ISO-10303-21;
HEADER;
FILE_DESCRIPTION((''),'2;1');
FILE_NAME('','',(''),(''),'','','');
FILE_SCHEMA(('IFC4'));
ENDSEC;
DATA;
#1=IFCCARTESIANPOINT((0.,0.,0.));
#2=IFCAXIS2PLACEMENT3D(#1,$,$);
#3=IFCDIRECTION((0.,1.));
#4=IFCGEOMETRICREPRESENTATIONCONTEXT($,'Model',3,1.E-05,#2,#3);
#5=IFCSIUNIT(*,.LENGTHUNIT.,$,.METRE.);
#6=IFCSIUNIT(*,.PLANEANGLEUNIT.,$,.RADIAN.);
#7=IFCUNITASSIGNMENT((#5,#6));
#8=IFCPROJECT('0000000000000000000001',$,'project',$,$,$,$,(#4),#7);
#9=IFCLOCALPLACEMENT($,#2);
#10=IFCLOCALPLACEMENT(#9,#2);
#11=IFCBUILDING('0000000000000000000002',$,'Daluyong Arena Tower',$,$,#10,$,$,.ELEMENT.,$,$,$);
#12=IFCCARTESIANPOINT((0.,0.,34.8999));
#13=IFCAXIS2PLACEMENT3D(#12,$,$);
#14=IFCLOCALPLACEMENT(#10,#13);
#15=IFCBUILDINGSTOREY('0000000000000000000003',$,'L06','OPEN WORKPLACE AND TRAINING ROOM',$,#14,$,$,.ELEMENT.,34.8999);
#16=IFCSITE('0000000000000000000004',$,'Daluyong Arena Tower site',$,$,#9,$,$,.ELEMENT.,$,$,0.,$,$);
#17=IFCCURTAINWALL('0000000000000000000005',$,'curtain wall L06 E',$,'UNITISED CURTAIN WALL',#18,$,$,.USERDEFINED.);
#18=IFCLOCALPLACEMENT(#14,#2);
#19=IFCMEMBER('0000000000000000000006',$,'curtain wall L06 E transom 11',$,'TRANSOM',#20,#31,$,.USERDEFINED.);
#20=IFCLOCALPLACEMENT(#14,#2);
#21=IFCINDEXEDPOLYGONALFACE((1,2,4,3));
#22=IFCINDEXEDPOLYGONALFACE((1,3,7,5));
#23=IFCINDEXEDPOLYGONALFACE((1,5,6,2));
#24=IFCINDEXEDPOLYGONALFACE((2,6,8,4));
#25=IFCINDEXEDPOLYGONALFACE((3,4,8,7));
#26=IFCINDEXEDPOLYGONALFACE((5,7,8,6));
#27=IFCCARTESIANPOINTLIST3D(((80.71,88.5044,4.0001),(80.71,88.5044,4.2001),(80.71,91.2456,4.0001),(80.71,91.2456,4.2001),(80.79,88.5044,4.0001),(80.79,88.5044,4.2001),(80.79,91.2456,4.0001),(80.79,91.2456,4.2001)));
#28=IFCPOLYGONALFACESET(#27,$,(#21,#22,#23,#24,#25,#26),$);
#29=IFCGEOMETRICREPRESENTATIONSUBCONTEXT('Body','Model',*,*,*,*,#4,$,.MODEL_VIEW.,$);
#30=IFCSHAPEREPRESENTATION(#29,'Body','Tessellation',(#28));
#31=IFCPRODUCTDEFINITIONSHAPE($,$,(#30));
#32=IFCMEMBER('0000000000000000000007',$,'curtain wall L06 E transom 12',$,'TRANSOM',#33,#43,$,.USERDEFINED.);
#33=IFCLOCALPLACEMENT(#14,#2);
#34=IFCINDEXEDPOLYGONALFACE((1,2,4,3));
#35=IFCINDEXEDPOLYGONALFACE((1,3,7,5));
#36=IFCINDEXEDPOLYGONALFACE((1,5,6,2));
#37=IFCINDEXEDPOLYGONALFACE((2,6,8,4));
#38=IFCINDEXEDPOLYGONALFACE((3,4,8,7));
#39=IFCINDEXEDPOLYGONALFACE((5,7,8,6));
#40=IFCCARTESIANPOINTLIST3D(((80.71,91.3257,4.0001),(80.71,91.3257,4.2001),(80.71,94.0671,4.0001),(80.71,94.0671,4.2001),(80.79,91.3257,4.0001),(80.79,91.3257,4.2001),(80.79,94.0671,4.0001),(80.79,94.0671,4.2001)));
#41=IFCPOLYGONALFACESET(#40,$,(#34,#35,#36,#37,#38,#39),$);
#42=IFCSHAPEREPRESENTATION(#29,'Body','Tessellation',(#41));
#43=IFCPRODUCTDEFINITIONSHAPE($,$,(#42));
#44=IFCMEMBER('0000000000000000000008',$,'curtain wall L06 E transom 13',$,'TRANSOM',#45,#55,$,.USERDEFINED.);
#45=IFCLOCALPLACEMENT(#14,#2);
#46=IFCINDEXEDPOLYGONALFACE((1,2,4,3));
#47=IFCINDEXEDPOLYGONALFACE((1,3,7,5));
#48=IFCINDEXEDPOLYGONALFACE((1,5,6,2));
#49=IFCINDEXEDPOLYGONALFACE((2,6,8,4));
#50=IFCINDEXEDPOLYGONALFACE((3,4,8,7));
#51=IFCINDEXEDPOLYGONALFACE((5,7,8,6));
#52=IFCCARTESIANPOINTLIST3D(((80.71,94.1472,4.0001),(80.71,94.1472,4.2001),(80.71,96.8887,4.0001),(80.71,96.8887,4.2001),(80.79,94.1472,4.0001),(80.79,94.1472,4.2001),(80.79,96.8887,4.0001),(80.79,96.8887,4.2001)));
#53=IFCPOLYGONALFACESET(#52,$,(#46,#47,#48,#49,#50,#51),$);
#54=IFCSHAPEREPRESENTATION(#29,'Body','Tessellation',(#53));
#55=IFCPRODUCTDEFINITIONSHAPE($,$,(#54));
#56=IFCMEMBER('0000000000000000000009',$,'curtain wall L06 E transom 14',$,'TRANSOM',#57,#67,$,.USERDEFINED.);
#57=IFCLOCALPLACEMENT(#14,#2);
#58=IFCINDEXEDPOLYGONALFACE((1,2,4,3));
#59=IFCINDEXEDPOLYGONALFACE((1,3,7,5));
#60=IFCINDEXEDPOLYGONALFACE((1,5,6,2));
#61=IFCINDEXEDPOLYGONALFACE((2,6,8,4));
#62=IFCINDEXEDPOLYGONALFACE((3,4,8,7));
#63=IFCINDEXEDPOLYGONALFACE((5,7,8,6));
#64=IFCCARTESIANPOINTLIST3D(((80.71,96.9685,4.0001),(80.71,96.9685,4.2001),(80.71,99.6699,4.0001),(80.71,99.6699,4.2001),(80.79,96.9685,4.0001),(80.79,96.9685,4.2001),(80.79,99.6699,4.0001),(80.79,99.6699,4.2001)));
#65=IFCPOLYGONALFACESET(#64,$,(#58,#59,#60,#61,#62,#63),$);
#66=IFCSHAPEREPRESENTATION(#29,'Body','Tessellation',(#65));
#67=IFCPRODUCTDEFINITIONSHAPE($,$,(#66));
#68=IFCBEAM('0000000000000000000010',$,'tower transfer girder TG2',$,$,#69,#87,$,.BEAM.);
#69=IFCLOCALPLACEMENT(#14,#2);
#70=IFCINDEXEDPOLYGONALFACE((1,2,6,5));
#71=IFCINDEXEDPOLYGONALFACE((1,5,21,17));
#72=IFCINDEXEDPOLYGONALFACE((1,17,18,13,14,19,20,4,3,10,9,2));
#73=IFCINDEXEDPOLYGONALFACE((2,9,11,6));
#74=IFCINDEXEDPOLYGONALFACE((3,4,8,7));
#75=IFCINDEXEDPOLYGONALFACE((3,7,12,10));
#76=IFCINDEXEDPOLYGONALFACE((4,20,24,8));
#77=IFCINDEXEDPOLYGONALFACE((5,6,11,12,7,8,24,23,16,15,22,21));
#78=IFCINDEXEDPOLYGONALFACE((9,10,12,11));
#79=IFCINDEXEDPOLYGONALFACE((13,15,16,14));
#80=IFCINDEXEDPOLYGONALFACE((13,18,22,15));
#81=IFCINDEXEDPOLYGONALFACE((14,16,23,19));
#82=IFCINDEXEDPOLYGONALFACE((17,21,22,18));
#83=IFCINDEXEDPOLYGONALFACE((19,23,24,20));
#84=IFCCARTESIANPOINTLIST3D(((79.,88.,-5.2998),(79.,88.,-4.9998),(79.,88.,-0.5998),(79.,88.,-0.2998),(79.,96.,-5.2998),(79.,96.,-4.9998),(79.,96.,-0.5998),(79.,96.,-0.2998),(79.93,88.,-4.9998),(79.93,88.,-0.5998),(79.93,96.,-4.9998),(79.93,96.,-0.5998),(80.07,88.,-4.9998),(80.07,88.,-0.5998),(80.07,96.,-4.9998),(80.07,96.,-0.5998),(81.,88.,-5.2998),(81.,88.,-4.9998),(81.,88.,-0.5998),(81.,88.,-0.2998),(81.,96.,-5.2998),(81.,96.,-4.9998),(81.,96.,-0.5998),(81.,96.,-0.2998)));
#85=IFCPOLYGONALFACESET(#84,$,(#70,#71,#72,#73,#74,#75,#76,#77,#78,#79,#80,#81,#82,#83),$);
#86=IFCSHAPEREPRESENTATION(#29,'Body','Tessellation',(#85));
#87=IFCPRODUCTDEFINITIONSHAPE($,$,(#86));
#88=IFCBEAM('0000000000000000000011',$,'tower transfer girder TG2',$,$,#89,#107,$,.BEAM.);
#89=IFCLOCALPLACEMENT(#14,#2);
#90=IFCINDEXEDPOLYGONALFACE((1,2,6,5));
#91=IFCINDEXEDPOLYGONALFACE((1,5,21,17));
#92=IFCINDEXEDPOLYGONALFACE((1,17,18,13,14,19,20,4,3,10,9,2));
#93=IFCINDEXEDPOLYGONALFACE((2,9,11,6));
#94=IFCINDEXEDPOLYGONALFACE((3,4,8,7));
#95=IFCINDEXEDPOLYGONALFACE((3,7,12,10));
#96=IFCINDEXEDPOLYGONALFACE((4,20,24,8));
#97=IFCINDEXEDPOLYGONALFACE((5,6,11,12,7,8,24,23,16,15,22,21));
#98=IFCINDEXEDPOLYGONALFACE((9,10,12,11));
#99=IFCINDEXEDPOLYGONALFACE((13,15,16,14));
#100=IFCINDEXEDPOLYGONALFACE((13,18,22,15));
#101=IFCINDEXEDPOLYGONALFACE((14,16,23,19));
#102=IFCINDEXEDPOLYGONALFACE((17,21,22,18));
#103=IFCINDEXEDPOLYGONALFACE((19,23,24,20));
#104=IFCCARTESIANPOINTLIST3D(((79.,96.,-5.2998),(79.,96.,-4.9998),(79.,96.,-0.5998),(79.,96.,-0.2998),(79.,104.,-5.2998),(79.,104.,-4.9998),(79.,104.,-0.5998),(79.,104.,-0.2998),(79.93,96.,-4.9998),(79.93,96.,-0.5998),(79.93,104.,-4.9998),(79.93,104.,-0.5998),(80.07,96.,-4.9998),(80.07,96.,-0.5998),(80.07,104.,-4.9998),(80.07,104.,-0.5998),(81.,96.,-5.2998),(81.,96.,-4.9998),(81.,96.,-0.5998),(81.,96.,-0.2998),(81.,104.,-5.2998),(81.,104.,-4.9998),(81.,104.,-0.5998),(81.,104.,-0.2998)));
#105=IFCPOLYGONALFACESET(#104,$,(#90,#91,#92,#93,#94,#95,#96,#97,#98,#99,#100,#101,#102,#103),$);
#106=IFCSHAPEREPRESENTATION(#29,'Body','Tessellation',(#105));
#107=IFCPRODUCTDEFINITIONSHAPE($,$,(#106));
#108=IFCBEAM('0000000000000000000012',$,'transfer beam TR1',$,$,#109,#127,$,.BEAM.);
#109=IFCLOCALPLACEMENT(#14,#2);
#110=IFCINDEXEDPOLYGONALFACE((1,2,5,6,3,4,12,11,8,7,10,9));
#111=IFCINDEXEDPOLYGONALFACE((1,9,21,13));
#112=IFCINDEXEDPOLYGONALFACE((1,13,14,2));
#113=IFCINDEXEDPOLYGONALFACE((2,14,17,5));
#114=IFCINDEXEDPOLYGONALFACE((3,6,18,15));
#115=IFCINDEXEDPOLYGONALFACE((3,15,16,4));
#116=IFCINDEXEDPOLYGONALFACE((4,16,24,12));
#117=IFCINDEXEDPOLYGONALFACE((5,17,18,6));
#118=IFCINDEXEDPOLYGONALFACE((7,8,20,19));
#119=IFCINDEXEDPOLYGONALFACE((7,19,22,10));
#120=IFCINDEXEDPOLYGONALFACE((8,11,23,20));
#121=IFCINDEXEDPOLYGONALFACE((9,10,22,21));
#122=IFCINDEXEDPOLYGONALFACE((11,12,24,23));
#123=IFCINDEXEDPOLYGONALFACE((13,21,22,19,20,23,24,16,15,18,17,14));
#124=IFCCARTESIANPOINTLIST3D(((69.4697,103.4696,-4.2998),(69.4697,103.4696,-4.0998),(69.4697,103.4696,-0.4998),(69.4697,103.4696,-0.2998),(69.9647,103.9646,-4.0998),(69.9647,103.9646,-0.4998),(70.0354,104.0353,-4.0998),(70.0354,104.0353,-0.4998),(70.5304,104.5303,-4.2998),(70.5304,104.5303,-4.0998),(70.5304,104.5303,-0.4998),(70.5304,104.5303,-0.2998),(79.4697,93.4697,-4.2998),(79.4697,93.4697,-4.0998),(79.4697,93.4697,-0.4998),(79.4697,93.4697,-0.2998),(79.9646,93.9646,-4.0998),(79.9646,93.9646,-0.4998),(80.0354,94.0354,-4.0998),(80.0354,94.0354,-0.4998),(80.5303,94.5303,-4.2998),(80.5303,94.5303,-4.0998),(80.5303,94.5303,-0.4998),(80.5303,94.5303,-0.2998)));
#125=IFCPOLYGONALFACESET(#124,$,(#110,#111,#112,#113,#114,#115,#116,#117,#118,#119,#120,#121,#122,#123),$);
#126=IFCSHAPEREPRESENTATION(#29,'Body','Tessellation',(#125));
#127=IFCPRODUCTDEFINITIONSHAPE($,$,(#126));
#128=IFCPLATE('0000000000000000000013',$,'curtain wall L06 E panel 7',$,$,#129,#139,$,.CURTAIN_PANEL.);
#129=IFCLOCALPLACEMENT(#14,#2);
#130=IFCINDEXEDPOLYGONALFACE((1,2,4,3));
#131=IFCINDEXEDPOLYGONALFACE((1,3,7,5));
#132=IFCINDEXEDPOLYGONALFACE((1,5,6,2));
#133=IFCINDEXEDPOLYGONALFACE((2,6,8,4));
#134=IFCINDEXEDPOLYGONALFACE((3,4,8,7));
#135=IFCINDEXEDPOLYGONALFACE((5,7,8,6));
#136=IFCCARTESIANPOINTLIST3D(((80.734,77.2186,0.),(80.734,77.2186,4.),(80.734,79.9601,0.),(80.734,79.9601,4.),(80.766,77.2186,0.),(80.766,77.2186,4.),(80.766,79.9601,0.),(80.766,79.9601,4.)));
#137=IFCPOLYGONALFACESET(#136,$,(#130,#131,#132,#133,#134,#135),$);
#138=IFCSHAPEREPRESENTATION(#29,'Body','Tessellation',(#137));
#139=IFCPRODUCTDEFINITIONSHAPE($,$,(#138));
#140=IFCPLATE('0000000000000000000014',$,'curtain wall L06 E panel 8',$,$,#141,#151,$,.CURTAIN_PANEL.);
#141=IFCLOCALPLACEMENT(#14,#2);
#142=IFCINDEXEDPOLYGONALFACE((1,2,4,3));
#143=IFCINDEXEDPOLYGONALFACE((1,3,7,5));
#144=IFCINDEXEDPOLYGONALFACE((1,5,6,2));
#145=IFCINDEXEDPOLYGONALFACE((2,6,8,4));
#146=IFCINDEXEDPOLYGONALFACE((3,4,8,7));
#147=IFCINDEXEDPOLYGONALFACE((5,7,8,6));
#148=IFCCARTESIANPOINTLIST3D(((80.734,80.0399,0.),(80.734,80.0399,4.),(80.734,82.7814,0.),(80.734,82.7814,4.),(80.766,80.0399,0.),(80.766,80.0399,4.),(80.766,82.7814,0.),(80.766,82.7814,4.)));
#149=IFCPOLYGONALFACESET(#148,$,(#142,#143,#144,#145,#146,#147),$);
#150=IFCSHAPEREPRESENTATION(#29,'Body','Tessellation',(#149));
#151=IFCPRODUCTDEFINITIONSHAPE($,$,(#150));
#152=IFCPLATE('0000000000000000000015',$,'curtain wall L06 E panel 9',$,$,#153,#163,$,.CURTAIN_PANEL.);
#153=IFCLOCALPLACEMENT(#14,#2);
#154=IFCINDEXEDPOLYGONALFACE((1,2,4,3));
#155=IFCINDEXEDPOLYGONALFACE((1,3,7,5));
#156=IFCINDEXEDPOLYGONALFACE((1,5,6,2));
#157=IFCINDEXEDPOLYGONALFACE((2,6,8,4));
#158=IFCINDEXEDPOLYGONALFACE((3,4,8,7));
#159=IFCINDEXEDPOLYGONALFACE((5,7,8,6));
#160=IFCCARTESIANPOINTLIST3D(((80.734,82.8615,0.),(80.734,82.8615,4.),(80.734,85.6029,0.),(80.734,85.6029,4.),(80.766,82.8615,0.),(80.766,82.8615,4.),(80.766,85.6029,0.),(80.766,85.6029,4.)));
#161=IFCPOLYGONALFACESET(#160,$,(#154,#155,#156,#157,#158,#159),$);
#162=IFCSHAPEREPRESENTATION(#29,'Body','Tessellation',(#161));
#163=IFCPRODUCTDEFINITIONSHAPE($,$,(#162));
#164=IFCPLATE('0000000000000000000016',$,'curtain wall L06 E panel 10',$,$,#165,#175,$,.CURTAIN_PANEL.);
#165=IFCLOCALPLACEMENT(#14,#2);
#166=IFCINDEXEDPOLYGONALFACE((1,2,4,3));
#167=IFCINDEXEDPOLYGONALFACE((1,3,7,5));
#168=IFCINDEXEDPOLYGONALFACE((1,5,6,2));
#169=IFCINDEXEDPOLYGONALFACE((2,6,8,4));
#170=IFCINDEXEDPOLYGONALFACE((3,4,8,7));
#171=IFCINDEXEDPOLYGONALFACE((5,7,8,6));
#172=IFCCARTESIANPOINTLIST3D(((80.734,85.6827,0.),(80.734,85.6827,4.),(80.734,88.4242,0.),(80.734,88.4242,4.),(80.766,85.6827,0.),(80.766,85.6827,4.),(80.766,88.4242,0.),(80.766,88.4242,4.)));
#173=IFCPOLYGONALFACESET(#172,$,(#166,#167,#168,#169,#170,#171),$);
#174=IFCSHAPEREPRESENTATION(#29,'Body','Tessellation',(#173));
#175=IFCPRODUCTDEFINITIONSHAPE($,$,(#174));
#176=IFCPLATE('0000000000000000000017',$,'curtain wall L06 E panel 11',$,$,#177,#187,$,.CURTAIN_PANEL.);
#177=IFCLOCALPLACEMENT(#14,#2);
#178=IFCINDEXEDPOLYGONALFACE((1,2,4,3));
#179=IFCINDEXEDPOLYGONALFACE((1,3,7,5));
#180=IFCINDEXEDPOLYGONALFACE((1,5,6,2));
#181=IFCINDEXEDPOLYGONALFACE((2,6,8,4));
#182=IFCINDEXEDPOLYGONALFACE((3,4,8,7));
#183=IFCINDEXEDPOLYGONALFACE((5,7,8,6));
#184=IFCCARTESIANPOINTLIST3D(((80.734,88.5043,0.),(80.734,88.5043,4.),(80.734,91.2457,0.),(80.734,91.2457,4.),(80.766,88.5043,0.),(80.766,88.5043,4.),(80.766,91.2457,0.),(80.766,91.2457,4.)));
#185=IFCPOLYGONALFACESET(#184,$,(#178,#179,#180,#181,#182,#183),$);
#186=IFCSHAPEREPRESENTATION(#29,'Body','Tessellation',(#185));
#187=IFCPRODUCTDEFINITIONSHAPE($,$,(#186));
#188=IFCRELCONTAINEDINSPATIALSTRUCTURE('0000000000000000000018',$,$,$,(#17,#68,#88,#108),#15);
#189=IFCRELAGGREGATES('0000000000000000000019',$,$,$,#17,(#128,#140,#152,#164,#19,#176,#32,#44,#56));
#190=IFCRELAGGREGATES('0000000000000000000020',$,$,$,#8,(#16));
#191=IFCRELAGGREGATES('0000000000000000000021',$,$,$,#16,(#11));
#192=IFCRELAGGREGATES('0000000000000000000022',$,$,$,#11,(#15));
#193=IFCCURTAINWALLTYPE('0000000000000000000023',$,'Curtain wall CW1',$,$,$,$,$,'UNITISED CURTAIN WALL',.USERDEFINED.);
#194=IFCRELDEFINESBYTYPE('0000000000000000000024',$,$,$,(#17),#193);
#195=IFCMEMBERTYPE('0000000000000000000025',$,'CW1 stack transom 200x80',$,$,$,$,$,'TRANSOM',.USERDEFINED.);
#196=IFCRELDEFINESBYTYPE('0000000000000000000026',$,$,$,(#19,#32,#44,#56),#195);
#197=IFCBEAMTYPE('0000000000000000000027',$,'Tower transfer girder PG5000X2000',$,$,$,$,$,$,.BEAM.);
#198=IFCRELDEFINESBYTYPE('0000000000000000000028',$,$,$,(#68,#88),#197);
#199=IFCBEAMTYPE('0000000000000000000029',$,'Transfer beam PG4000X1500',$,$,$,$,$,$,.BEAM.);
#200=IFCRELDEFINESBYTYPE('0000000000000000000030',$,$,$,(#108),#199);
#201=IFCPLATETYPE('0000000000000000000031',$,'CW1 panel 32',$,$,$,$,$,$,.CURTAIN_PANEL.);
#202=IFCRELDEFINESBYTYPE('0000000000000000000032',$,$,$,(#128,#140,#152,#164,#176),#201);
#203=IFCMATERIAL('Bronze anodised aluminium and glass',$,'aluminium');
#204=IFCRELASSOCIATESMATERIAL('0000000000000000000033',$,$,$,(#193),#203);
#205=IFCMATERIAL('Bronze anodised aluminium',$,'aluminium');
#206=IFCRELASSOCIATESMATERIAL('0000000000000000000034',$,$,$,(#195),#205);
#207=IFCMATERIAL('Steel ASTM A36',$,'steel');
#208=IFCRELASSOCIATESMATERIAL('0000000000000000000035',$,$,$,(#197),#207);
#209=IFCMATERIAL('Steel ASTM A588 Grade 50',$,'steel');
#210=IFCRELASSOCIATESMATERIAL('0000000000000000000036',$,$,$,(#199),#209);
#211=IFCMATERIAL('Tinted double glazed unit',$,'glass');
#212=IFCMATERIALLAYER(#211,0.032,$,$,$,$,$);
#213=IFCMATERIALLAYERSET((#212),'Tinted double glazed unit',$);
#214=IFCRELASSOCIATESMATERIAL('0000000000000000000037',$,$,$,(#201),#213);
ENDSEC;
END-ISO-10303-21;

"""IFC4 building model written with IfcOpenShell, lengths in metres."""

from ifc_helpers import new_model, si_unit, direction, frame, origin, origin_2d, place, context, subcontext, project, spatial, rectangle, i_section, extrude, material, layer, layer_set, material_profile, profile_set, type_object, element, aggregate, save


model = new_model("IFC4")

# Units and contexts
model_context = context("Model", 3, precision=1e-05, world=origin(), true_north=direction((0.0, 1.0)))
body_context = subcontext(model_context, "Body", "Model", "MODEL_VIEW")
ifc_project = project(units=[si_unit("LENGTHUNIT", "METRE"), si_unit("PLANEANGLEUNIT", "RADIAN")], contexts=[model_context])

# Site, building, storey
site_placement = place(None, origin())
site = spatial("IfcSite", under=ifc_project, at=site_placement, Name="Daluyong Arena Tower site", CompositionType="ELEMENT", RefElevation=0.0)
building_placement = place(site_placement, origin())
building = spatial("IfcBuilding", under=site, at=building_placement, Name="Daluyong Arena Tower", CompositionType="ELEMENT")
storey_placement = place(building_placement, frame((0.0, 0.0, 34.8999)))
storey = spatial("IfcBuildingStorey", under=building, at=storey_placement, Name="L06", Description="OPEN WORKPLACE AND TRAINING ROOM", CompositionType="ELEMENT", Elevation=34.8999)

# Curtain wall, members
ifc_material_1 = material(Name="Bronze anodised aluminium and glass", Category="aluminium")
curtain_wall_type = type_object("IfcCurtainWallType", Name="Curtain wall CW1", ElementType="UNITISED CURTAIN WALL", PredefinedType="USERDEFINED", material=ifc_material_1)
curtain_wall_placement = place(storey_placement, origin())
curtain_wall = element("IfcCurtainWall", 1, at=curtain_wall_placement, inside=storey, type_object=curtain_wall_type, Name="curtain wall L06 E", ObjectType="UNITISED CURTAIN WALL", PredefinedType="USERDEFINED")
ifc_material_2 = material(Name="Bronze anodised aluminium", Category="aluminium")
ifc_material_profile_1 = material_profile(ifc_material_2, rectangle(XDim=0.0801, YDim=0.2, at=origin_2d()))
ifc_profile_set_1 = profile_set([ifc_material_profile_1], Name="Bronze anodised aluminium")
member_type_1 = type_object("IfcMemberType", Name="CW1 stack transom 200x80", ElementType="TRANSOM", PredefinedType="USERDEFINED", material=ifc_profile_set_1)
member_1_placement = place(storey_placement, frame((80.75, 88.5044, 4.1001), z_axis=(0.0, 1.0, 0.0), x_axis=(-1.0, 0.0, 0.0)))
member_1 = element("IfcMember", 2, at=member_1_placement, type_object=member_type_1, Name="curtain wall L06 E transom 11", ObjectType="TRANSOM", PredefinedType="USERDEFINED", context=body_context, shape_type="SweptSolid", body=[
    extrude(rectangle(XDim=0.0801, YDim=0.2, at=origin_2d()), origin(), (0.0, 0.0, 1.0), 2.7412),
])
member_2_placement = place(storey_placement, frame((80.75, 91.3257, 4.1001), z_axis=(0.0, 1.0, 0.0), x_axis=(-1.0, 0.0, 0.0)))
member_2 = element("IfcMember", 3, at=member_2_placement, type_object=member_type_1, Name="curtain wall L06 E transom 12", ObjectType="TRANSOM", PredefinedType="USERDEFINED", context=body_context, shape_type="SweptSolid", body=[
    extrude(rectangle(XDim=0.0801, YDim=0.2, at=origin_2d()), origin(), (0.0, 0.0, 1.0), 2.7415),
])
member_3_placement = place(storey_placement, frame((80.75, 94.1472, 4.1001), z_axis=(0.0, 1.0, 0.0), x_axis=(-1.0, 0.0, 0.0)))
member_3 = element("IfcMember", 4, at=member_3_placement, type_object=member_type_1, Name="curtain wall L06 E transom 13", ObjectType="TRANSOM", PredefinedType="USERDEFINED", context=body_context, shape_type="SweptSolid", body=[
    extrude(rectangle(XDim=0.0801, YDim=0.2, at=origin_2d()), origin(), (0.0, 0.0, 1.0), 2.7415),
])
member_4_placement = place(storey_placement, frame((80.75, 96.9685, 4.1001), z_axis=(0.0, 1.0, 0.0), x_axis=(-1.0, 0.0, 0.0)))
member_4 = element("IfcMember", 5, at=member_4_placement, type_object=member_type_1, Name="curtain wall L06 E transom 14", ObjectType="TRANSOM", PredefinedType="USERDEFINED", context=body_context, shape_type="SweptSolid", body=[
    extrude(rectangle(XDim=0.0801, YDim=0.2, at=origin_2d()), origin(), (0.0, 0.0, 1.0), 2.7014),
])

# Beams
ifc_material_3 = material(Name="Steel ASTM A36", Category="steel")
ifc_material_profile_2 = material_profile(ifc_material_3, i_section(OverallWidth=2.0, OverallDepth=5.0, WebThickness=0.14, FlangeThickness=0.3, at=origin_2d()))
ifc_profile_set_2 = profile_set([ifc_material_profile_2], Name="Steel ASTM A36")
beam_type_1 = type_object("IfcBeamType", Name="Tower transfer girder PG5000X2000", PredefinedType="BEAM", material=ifc_profile_set_2)
for number, where, z_axis, x_axis, name in (
    (6, (80.0, 88.0, -2.7998), (0.0, 1.0, 0.0), (-1.0, 0.0, 0.0), "tower transfer girder TG2"),
    (7, (80.0, 96.0, -2.7998), (0.0, 1.0, 0.0), (-1.0, 0.0, 0.0), "tower transfer girder TG2"),
):
    element("IfcBeam", number, at=place(storey_placement, frame(where, z_axis=z_axis, x_axis=x_axis)), inside=storey, type_object=beam_type_1, Name=name, PredefinedType="BEAM", context=body_context, shape_type="SweptSolid", body=[
        extrude(i_section(OverallWidth=2.0, OverallDepth=5.0, WebThickness=0.14, FlangeThickness=0.3, at=origin_2d()), origin(), (0.0, 0.0, 1.0), 8.0),
    ])
ifc_material_4 = material(Name="Steel ASTM A588 Grade 50", Category="steel")
ifc_material_profile_3 = material_profile(ifc_material_4, i_section(OverallWidth=1.5, OverallDepth=4.0, WebThickness=0.1, FlangeThickness=0.2, at=origin_2d()))
ifc_profile_set_3 = profile_set([ifc_material_profile_3], Name="Steel ASTM A588 Grade 50")
beam_type_2 = type_object("IfcBeamType", Name="Transfer beam PG4000X1500", PredefinedType="BEAM", material=ifc_profile_set_3)
beam_placement = place(storey_placement, frame((80.0, 94.0, -2.2998), z_axis=(-0.707107, 0.707107, 0.0), x_axis=(-0.707107, -0.707107, 0.0)))
element("IfcBeam", 8, at=beam_placement, inside=storey, type_object=beam_type_2, Name="transfer beam TR1", PredefinedType="BEAM", context=body_context, shape_type="SweptSolid", body=[
    extrude(i_section(OverallWidth=1.5, OverallDepth=4.0, WebThickness=0.1, FlangeThickness=0.2, at=origin_2d()), origin(), (0.0, 0.0, 1.0), 14.1421),
])

# Plates
ifc_material_5 = material(Name="Tinted double glazed unit", Category="glass")
ifc_layer = layer(ifc_material_5, 0.032)
ifc_layer_set = layer_set([ifc_layer], Name="Tinted double glazed unit")
plate_type = type_object("IfcPlateType", Name="CW1 panel 32", PredefinedType="CURTAIN_PANEL", material=ifc_layer_set)
plate_1_placement = place(storey_placement, frame((80.75, 78.5894, 0.0), z_axis=(0.0, 0.0, 1.0), x_axis=(0.0, 1.0, 0.0)))
plate_1 = element("IfcPlate", 9, at=plate_1_placement, type_object=plate_type, Name="curtain wall L06 E panel 7", PredefinedType="CURTAIN_PANEL", context=body_context, shape_type="SweptSolid", body=[
    extrude(rectangle(XDim=2.7415, YDim=0.032, at=origin_2d()), origin(), (0.0, 0.0, 1.0), 4.0),
])
plate_2_placement = place(storey_placement, frame((80.75, 81.4106, 0.0), z_axis=(0.0, 0.0, 1.0), x_axis=(0.0, 1.0, 0.0)))
plate_2 = element("IfcPlate", 10, at=plate_2_placement, type_object=plate_type, Name="curtain wall L06 E panel 8", PredefinedType="CURTAIN_PANEL", context=body_context, shape_type="SweptSolid", body=[
    extrude(rectangle(XDim=2.7415, YDim=0.032, at=origin_2d()), origin(), (0.0, 0.0, 1.0), 4.0),
])
plate_3_placement = place(storey_placement, frame((80.75, 84.2322, 0.0), z_axis=(0.0, 0.0, 1.0), x_axis=(0.0, 1.0, 0.0)))
plate_3 = element("IfcPlate", 11, at=plate_3_placement, type_object=plate_type, Name="curtain wall L06 E panel 9", PredefinedType="CURTAIN_PANEL", context=body_context, shape_type="SweptSolid", body=[
    extrude(rectangle(XDim=2.7415, YDim=0.032, at=origin_2d()), origin(), (0.0, 0.0, 1.0), 4.0),
])
plate_4_placement = place(storey_placement, frame((80.75, 87.0535, 0.0), z_axis=(0.0, 0.0, 1.0), x_axis=(0.0, 1.0, 0.0)))
plate_4 = element("IfcPlate", 12, at=plate_4_placement, type_object=plate_type, Name="curtain wall L06 E panel 10", PredefinedType="CURTAIN_PANEL", context=body_context, shape_type="SweptSolid", body=[
    extrude(rectangle(XDim=2.7415, YDim=0.032, at=origin_2d()), origin(), (0.0, 0.0, 1.0), 4.0),
])
plate_5_placement = place(storey_placement, frame((80.75, 89.875, 0.0), z_axis=(0.0, 0.0, 1.0), x_axis=(0.0, 1.0, 0.0)))
plate_5 = element("IfcPlate", 13, at=plate_5_placement, type_object=plate_type, Name="curtain wall L06 E panel 11", PredefinedType="CURTAIN_PANEL", context=body_context, shape_type="SweptSolid", body=[
    extrude(rectangle(XDim=2.7415, YDim=0.032, at=origin_2d()), origin(), (0.0, 0.0, 1.0), 4.0),
])
aggregate(curtain_wall, [plate_1, plate_2, plate_3, plate_4, member_1, plate_5, member_2, member_3, member_4])

save(model, "model.ifc")
